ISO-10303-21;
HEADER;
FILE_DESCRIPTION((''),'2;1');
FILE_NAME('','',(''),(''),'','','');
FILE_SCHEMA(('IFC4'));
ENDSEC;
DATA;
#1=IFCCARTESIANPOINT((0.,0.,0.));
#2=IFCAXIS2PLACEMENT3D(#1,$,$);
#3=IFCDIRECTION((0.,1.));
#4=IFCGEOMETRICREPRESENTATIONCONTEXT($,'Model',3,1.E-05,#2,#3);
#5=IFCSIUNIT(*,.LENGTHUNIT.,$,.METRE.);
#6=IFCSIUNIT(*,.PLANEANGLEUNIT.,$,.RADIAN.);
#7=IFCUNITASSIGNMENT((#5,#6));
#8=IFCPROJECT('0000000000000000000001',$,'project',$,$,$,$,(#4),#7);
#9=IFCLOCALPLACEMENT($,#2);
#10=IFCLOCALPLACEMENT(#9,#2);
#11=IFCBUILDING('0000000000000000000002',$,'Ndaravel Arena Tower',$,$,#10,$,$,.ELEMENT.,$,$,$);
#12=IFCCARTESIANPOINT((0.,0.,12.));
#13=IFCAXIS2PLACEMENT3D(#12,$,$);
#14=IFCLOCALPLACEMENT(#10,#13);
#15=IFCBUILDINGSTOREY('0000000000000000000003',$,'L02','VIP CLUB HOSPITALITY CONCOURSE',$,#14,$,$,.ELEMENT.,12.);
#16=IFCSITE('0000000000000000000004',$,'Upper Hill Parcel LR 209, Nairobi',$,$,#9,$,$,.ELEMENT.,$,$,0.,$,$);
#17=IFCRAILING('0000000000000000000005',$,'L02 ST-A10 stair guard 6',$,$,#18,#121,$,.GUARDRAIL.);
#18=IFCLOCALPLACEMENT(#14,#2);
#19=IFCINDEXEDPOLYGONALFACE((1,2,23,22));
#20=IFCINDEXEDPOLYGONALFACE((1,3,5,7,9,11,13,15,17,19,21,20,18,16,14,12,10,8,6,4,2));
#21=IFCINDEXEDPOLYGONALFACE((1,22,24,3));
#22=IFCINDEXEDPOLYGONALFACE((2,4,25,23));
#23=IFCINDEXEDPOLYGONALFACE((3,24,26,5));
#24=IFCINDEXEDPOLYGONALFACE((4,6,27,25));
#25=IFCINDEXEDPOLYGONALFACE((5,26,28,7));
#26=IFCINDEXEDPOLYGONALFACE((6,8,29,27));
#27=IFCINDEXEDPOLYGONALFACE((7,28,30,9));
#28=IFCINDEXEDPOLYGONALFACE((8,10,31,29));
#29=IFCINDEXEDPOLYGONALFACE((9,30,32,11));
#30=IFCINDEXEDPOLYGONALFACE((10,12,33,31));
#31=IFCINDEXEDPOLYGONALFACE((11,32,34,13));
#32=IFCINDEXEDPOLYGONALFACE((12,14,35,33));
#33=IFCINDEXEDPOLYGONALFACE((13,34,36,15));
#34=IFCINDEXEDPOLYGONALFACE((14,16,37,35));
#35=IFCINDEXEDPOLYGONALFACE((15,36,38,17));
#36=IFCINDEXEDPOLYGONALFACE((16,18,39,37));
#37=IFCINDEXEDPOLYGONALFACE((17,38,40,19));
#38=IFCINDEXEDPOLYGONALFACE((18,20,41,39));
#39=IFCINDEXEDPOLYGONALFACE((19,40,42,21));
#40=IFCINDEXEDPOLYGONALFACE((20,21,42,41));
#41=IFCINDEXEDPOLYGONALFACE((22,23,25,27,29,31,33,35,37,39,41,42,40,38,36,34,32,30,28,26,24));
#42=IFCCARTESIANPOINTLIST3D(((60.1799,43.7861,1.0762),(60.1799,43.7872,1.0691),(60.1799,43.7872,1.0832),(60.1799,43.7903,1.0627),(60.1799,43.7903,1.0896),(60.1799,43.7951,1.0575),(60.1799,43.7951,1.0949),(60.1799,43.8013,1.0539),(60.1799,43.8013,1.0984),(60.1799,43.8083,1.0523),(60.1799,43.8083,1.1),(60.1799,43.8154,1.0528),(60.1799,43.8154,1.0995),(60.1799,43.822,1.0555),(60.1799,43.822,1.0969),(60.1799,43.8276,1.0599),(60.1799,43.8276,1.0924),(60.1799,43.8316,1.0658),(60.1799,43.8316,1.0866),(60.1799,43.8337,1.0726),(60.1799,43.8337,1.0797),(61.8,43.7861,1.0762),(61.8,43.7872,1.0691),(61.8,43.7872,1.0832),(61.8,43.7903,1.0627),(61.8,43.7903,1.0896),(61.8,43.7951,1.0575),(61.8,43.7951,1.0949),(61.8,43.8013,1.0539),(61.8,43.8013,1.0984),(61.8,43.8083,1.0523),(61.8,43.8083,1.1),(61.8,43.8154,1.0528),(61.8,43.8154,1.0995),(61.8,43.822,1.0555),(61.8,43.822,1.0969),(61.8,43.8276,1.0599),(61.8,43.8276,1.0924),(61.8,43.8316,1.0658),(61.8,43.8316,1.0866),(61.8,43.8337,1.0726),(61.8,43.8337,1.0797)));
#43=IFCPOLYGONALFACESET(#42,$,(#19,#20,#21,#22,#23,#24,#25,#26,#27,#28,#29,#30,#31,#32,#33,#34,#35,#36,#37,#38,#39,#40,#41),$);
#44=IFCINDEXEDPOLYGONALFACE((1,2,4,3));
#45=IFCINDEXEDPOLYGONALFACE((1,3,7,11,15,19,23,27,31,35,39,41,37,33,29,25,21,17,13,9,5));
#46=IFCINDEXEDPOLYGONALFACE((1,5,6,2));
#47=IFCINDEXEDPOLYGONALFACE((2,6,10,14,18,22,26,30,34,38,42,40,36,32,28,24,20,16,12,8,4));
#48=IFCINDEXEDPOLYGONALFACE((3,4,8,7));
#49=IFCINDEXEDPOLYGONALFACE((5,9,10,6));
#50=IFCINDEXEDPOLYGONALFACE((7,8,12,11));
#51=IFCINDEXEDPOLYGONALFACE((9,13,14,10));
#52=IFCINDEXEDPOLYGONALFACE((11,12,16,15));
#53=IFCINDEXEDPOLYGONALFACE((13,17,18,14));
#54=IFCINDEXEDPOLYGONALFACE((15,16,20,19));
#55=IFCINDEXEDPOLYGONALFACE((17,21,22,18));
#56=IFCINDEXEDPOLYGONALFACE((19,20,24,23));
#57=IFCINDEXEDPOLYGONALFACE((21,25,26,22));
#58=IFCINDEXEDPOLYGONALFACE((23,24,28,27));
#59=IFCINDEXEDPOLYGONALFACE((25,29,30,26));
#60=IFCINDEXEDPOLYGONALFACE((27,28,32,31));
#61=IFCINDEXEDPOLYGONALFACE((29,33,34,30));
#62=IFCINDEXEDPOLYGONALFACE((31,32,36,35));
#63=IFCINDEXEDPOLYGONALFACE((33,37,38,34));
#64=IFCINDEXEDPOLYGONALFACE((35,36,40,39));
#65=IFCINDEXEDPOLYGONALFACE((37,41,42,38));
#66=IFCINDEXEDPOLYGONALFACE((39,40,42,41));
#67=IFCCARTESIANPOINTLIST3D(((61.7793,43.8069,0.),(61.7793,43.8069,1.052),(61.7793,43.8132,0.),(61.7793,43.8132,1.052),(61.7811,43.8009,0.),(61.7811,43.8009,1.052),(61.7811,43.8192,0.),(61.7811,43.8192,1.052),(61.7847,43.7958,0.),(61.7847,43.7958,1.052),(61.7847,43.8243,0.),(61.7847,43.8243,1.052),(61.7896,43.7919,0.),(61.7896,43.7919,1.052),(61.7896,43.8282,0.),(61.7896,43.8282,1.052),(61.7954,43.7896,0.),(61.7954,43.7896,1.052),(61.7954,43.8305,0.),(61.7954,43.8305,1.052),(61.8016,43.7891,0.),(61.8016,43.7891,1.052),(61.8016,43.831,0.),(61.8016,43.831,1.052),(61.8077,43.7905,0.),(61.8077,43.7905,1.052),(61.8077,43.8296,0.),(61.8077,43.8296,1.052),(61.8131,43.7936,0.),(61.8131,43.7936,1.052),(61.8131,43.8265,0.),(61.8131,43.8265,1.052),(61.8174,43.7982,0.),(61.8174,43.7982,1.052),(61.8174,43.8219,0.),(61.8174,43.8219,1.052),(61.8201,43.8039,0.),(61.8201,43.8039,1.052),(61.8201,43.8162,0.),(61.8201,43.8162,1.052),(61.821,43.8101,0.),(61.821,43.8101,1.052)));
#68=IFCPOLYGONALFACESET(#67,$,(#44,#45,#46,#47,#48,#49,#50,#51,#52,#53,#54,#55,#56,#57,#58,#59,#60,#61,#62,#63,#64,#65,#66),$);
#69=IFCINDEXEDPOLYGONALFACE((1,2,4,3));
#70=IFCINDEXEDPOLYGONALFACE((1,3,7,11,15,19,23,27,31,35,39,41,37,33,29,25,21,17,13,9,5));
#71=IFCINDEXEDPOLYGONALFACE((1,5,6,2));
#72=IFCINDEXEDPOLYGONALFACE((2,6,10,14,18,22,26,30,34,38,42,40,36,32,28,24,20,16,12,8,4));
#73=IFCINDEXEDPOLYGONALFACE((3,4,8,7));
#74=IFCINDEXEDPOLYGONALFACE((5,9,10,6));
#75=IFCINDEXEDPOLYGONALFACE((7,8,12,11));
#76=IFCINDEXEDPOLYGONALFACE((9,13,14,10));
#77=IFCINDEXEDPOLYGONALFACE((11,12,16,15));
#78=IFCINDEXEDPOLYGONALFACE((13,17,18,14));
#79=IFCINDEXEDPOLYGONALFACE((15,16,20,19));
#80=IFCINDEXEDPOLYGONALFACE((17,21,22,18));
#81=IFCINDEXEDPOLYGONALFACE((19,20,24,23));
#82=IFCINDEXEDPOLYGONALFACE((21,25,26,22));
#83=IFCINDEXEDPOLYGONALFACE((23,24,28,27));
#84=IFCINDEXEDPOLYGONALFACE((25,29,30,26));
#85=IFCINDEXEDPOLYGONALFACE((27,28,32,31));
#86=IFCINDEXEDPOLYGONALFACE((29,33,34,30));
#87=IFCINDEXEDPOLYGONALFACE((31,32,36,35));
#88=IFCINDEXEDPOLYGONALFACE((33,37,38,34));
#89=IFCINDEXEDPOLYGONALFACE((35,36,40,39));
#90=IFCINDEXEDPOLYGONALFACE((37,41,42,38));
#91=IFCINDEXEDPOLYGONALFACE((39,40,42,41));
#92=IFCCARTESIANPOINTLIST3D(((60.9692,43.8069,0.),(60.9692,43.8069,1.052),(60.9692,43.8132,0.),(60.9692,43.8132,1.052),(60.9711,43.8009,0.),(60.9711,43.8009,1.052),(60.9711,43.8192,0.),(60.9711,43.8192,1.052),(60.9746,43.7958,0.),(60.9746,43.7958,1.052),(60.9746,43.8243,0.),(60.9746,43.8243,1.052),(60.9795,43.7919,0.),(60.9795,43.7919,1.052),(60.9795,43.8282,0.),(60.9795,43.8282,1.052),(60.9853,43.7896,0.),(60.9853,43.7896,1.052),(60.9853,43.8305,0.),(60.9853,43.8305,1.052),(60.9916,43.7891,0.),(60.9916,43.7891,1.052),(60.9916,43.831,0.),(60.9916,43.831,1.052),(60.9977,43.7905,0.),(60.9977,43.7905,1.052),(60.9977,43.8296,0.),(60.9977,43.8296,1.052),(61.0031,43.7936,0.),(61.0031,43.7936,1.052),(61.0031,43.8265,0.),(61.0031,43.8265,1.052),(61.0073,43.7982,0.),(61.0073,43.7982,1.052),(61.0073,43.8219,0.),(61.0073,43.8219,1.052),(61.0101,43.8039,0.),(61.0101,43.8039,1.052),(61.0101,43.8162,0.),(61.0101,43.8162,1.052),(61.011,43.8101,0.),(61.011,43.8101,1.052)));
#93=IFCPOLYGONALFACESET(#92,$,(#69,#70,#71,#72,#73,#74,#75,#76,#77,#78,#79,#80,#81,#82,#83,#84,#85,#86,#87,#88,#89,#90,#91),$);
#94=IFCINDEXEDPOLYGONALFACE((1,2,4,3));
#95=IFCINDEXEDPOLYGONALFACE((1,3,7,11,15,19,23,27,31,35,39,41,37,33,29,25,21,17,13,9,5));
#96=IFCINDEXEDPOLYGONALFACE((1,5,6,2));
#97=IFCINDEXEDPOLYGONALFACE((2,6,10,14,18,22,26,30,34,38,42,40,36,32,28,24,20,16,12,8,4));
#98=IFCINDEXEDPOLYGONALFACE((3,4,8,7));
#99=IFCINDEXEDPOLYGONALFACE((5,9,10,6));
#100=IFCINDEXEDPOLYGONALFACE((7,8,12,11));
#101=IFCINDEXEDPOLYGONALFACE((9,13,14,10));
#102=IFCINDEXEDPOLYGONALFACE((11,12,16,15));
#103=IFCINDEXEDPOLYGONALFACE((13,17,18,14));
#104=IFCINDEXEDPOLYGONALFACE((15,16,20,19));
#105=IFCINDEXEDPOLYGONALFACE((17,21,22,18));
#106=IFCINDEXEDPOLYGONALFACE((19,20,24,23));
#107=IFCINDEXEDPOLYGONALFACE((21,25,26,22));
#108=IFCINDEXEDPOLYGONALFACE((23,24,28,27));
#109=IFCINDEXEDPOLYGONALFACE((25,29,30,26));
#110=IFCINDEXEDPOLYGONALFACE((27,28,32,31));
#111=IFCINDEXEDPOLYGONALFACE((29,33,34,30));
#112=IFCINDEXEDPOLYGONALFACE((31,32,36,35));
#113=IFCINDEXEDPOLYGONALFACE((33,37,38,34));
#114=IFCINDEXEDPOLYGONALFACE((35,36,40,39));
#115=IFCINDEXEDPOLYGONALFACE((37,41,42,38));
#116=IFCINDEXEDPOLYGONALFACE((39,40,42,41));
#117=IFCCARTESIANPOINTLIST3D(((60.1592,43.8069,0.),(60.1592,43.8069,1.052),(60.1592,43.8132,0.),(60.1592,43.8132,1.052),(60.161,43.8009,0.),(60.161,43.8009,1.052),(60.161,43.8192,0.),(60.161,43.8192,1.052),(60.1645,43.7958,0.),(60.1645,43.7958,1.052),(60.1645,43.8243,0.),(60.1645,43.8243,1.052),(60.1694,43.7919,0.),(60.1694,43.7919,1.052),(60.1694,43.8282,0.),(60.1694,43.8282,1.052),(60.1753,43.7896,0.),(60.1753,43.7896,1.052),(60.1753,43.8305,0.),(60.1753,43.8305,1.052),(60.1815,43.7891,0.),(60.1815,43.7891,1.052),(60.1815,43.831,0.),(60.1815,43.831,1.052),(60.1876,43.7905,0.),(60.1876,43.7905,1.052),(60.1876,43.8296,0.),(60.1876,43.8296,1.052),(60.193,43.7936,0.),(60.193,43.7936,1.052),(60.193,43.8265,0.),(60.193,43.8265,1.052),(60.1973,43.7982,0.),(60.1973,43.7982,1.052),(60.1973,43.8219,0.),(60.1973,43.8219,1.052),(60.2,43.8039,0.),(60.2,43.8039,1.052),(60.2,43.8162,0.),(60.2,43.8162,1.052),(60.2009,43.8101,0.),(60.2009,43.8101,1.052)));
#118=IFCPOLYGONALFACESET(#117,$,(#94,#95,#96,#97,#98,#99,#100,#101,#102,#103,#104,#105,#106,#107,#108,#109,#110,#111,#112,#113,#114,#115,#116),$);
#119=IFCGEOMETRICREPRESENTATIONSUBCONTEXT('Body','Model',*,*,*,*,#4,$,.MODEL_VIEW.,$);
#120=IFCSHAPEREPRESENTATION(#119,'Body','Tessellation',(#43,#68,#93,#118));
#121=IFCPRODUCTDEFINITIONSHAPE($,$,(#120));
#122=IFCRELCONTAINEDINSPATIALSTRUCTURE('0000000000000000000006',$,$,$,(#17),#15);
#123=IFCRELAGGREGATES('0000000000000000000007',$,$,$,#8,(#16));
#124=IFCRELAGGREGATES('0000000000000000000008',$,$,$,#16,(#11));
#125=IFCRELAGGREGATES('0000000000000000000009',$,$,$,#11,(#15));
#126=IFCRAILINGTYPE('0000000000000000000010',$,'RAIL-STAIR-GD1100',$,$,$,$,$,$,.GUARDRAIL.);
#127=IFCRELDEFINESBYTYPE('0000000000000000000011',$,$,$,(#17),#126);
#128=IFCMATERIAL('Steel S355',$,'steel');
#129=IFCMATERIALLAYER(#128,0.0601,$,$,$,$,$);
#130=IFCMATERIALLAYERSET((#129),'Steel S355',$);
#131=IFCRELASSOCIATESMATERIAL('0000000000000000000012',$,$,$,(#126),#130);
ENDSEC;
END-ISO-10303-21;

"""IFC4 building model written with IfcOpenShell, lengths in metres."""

from ifc_helpers import new_model, si_unit, direction, frame, origin, origin_2d, place, context, subcontext, project, spatial, circle, extrude, material, layer, layer_set, type_object, element, save


model = new_model("IFC4")

# Units and contexts
model_context = context("Model", 3, precision=1e-05, world=origin(), true_north=direction((0.0, 1.0)))
body_context = subcontext(model_context, "Body", "Model", "MODEL_VIEW")
ifc_project = project(units=[si_unit("LENGTHUNIT", "METRE"), si_unit("PLANEANGLEUNIT", "RADIAN")], contexts=[model_context])

# Site, building, storey
site_placement = place(None, origin())
site = spatial("IfcSite", under=ifc_project, at=site_placement, Name="Upper Hill Parcel LR 209, Nairobi", CompositionType="ELEMENT", RefElevation=0.0)
building_placement = place(site_placement, origin())
building = spatial("IfcBuilding", under=site, at=building_placement, Name="Ndaravel Arena Tower", CompositionType="ELEMENT")
storey_placement = place(building_placement, frame((0.0, 0.0, 12.0)))
storey = spatial("IfcBuildingStorey", under=building, at=storey_placement, Name="L02", Description="VIP CLUB HOSPITALITY CONCOURSE", CompositionType="ELEMENT", Elevation=12.0)

# Railing
ifc_material_1 = material(Name="Steel S355", Category="steel")
ifc_layer_1 = layer(ifc_material_1, 0.0601)
ifc_layer_set_1 = layer_set([ifc_layer_1], Name="Steel S355")
railing_type_1 = type_object("IfcRailingType", Name="RAIL-STAIR-GD1100", PredefinedType="GUARDRAIL", material=ifc_layer_set_1)
for number, where, name in (
    (1, (61.8, 43.8101, 0.0), "L02 ST-A10 stair guard 6"),
):
    element("IfcRailing", number, at=place(storey_placement, frame(where)), inside=storey, type_object=railing_type_1, Name=name, PredefinedType="GUARDRAIL", context=body_context, shape_type="SweptSolid", body=[
        extrude(circle(Radius=0.0239, at=origin_2d()), frame((0.0, 0.0, 1.0762), z_axis=(-1.0, 0.0, 0.0), x_axis=(0.0, -1.0, 0.0)), (0.0, 0.0, 1.0), 1.6201),
        extrude(circle(Radius=0.021, at=origin_2d()), origin(), (0.0, 0.0, 1.0), 1.052),
        extrude(circle(Radius=0.021, at=origin_2d()), frame((-0.8101, 0.0, 0.0)), (0.0, 0.0, 1.0), 1.052),
        extrude(circle(Radius=0.021, at=origin_2d()), frame((-1.6201, 0.0, 0.0)), (0.0, 0.0, 1.0), 1.052),
    ])

save(model, "model.ifc")
